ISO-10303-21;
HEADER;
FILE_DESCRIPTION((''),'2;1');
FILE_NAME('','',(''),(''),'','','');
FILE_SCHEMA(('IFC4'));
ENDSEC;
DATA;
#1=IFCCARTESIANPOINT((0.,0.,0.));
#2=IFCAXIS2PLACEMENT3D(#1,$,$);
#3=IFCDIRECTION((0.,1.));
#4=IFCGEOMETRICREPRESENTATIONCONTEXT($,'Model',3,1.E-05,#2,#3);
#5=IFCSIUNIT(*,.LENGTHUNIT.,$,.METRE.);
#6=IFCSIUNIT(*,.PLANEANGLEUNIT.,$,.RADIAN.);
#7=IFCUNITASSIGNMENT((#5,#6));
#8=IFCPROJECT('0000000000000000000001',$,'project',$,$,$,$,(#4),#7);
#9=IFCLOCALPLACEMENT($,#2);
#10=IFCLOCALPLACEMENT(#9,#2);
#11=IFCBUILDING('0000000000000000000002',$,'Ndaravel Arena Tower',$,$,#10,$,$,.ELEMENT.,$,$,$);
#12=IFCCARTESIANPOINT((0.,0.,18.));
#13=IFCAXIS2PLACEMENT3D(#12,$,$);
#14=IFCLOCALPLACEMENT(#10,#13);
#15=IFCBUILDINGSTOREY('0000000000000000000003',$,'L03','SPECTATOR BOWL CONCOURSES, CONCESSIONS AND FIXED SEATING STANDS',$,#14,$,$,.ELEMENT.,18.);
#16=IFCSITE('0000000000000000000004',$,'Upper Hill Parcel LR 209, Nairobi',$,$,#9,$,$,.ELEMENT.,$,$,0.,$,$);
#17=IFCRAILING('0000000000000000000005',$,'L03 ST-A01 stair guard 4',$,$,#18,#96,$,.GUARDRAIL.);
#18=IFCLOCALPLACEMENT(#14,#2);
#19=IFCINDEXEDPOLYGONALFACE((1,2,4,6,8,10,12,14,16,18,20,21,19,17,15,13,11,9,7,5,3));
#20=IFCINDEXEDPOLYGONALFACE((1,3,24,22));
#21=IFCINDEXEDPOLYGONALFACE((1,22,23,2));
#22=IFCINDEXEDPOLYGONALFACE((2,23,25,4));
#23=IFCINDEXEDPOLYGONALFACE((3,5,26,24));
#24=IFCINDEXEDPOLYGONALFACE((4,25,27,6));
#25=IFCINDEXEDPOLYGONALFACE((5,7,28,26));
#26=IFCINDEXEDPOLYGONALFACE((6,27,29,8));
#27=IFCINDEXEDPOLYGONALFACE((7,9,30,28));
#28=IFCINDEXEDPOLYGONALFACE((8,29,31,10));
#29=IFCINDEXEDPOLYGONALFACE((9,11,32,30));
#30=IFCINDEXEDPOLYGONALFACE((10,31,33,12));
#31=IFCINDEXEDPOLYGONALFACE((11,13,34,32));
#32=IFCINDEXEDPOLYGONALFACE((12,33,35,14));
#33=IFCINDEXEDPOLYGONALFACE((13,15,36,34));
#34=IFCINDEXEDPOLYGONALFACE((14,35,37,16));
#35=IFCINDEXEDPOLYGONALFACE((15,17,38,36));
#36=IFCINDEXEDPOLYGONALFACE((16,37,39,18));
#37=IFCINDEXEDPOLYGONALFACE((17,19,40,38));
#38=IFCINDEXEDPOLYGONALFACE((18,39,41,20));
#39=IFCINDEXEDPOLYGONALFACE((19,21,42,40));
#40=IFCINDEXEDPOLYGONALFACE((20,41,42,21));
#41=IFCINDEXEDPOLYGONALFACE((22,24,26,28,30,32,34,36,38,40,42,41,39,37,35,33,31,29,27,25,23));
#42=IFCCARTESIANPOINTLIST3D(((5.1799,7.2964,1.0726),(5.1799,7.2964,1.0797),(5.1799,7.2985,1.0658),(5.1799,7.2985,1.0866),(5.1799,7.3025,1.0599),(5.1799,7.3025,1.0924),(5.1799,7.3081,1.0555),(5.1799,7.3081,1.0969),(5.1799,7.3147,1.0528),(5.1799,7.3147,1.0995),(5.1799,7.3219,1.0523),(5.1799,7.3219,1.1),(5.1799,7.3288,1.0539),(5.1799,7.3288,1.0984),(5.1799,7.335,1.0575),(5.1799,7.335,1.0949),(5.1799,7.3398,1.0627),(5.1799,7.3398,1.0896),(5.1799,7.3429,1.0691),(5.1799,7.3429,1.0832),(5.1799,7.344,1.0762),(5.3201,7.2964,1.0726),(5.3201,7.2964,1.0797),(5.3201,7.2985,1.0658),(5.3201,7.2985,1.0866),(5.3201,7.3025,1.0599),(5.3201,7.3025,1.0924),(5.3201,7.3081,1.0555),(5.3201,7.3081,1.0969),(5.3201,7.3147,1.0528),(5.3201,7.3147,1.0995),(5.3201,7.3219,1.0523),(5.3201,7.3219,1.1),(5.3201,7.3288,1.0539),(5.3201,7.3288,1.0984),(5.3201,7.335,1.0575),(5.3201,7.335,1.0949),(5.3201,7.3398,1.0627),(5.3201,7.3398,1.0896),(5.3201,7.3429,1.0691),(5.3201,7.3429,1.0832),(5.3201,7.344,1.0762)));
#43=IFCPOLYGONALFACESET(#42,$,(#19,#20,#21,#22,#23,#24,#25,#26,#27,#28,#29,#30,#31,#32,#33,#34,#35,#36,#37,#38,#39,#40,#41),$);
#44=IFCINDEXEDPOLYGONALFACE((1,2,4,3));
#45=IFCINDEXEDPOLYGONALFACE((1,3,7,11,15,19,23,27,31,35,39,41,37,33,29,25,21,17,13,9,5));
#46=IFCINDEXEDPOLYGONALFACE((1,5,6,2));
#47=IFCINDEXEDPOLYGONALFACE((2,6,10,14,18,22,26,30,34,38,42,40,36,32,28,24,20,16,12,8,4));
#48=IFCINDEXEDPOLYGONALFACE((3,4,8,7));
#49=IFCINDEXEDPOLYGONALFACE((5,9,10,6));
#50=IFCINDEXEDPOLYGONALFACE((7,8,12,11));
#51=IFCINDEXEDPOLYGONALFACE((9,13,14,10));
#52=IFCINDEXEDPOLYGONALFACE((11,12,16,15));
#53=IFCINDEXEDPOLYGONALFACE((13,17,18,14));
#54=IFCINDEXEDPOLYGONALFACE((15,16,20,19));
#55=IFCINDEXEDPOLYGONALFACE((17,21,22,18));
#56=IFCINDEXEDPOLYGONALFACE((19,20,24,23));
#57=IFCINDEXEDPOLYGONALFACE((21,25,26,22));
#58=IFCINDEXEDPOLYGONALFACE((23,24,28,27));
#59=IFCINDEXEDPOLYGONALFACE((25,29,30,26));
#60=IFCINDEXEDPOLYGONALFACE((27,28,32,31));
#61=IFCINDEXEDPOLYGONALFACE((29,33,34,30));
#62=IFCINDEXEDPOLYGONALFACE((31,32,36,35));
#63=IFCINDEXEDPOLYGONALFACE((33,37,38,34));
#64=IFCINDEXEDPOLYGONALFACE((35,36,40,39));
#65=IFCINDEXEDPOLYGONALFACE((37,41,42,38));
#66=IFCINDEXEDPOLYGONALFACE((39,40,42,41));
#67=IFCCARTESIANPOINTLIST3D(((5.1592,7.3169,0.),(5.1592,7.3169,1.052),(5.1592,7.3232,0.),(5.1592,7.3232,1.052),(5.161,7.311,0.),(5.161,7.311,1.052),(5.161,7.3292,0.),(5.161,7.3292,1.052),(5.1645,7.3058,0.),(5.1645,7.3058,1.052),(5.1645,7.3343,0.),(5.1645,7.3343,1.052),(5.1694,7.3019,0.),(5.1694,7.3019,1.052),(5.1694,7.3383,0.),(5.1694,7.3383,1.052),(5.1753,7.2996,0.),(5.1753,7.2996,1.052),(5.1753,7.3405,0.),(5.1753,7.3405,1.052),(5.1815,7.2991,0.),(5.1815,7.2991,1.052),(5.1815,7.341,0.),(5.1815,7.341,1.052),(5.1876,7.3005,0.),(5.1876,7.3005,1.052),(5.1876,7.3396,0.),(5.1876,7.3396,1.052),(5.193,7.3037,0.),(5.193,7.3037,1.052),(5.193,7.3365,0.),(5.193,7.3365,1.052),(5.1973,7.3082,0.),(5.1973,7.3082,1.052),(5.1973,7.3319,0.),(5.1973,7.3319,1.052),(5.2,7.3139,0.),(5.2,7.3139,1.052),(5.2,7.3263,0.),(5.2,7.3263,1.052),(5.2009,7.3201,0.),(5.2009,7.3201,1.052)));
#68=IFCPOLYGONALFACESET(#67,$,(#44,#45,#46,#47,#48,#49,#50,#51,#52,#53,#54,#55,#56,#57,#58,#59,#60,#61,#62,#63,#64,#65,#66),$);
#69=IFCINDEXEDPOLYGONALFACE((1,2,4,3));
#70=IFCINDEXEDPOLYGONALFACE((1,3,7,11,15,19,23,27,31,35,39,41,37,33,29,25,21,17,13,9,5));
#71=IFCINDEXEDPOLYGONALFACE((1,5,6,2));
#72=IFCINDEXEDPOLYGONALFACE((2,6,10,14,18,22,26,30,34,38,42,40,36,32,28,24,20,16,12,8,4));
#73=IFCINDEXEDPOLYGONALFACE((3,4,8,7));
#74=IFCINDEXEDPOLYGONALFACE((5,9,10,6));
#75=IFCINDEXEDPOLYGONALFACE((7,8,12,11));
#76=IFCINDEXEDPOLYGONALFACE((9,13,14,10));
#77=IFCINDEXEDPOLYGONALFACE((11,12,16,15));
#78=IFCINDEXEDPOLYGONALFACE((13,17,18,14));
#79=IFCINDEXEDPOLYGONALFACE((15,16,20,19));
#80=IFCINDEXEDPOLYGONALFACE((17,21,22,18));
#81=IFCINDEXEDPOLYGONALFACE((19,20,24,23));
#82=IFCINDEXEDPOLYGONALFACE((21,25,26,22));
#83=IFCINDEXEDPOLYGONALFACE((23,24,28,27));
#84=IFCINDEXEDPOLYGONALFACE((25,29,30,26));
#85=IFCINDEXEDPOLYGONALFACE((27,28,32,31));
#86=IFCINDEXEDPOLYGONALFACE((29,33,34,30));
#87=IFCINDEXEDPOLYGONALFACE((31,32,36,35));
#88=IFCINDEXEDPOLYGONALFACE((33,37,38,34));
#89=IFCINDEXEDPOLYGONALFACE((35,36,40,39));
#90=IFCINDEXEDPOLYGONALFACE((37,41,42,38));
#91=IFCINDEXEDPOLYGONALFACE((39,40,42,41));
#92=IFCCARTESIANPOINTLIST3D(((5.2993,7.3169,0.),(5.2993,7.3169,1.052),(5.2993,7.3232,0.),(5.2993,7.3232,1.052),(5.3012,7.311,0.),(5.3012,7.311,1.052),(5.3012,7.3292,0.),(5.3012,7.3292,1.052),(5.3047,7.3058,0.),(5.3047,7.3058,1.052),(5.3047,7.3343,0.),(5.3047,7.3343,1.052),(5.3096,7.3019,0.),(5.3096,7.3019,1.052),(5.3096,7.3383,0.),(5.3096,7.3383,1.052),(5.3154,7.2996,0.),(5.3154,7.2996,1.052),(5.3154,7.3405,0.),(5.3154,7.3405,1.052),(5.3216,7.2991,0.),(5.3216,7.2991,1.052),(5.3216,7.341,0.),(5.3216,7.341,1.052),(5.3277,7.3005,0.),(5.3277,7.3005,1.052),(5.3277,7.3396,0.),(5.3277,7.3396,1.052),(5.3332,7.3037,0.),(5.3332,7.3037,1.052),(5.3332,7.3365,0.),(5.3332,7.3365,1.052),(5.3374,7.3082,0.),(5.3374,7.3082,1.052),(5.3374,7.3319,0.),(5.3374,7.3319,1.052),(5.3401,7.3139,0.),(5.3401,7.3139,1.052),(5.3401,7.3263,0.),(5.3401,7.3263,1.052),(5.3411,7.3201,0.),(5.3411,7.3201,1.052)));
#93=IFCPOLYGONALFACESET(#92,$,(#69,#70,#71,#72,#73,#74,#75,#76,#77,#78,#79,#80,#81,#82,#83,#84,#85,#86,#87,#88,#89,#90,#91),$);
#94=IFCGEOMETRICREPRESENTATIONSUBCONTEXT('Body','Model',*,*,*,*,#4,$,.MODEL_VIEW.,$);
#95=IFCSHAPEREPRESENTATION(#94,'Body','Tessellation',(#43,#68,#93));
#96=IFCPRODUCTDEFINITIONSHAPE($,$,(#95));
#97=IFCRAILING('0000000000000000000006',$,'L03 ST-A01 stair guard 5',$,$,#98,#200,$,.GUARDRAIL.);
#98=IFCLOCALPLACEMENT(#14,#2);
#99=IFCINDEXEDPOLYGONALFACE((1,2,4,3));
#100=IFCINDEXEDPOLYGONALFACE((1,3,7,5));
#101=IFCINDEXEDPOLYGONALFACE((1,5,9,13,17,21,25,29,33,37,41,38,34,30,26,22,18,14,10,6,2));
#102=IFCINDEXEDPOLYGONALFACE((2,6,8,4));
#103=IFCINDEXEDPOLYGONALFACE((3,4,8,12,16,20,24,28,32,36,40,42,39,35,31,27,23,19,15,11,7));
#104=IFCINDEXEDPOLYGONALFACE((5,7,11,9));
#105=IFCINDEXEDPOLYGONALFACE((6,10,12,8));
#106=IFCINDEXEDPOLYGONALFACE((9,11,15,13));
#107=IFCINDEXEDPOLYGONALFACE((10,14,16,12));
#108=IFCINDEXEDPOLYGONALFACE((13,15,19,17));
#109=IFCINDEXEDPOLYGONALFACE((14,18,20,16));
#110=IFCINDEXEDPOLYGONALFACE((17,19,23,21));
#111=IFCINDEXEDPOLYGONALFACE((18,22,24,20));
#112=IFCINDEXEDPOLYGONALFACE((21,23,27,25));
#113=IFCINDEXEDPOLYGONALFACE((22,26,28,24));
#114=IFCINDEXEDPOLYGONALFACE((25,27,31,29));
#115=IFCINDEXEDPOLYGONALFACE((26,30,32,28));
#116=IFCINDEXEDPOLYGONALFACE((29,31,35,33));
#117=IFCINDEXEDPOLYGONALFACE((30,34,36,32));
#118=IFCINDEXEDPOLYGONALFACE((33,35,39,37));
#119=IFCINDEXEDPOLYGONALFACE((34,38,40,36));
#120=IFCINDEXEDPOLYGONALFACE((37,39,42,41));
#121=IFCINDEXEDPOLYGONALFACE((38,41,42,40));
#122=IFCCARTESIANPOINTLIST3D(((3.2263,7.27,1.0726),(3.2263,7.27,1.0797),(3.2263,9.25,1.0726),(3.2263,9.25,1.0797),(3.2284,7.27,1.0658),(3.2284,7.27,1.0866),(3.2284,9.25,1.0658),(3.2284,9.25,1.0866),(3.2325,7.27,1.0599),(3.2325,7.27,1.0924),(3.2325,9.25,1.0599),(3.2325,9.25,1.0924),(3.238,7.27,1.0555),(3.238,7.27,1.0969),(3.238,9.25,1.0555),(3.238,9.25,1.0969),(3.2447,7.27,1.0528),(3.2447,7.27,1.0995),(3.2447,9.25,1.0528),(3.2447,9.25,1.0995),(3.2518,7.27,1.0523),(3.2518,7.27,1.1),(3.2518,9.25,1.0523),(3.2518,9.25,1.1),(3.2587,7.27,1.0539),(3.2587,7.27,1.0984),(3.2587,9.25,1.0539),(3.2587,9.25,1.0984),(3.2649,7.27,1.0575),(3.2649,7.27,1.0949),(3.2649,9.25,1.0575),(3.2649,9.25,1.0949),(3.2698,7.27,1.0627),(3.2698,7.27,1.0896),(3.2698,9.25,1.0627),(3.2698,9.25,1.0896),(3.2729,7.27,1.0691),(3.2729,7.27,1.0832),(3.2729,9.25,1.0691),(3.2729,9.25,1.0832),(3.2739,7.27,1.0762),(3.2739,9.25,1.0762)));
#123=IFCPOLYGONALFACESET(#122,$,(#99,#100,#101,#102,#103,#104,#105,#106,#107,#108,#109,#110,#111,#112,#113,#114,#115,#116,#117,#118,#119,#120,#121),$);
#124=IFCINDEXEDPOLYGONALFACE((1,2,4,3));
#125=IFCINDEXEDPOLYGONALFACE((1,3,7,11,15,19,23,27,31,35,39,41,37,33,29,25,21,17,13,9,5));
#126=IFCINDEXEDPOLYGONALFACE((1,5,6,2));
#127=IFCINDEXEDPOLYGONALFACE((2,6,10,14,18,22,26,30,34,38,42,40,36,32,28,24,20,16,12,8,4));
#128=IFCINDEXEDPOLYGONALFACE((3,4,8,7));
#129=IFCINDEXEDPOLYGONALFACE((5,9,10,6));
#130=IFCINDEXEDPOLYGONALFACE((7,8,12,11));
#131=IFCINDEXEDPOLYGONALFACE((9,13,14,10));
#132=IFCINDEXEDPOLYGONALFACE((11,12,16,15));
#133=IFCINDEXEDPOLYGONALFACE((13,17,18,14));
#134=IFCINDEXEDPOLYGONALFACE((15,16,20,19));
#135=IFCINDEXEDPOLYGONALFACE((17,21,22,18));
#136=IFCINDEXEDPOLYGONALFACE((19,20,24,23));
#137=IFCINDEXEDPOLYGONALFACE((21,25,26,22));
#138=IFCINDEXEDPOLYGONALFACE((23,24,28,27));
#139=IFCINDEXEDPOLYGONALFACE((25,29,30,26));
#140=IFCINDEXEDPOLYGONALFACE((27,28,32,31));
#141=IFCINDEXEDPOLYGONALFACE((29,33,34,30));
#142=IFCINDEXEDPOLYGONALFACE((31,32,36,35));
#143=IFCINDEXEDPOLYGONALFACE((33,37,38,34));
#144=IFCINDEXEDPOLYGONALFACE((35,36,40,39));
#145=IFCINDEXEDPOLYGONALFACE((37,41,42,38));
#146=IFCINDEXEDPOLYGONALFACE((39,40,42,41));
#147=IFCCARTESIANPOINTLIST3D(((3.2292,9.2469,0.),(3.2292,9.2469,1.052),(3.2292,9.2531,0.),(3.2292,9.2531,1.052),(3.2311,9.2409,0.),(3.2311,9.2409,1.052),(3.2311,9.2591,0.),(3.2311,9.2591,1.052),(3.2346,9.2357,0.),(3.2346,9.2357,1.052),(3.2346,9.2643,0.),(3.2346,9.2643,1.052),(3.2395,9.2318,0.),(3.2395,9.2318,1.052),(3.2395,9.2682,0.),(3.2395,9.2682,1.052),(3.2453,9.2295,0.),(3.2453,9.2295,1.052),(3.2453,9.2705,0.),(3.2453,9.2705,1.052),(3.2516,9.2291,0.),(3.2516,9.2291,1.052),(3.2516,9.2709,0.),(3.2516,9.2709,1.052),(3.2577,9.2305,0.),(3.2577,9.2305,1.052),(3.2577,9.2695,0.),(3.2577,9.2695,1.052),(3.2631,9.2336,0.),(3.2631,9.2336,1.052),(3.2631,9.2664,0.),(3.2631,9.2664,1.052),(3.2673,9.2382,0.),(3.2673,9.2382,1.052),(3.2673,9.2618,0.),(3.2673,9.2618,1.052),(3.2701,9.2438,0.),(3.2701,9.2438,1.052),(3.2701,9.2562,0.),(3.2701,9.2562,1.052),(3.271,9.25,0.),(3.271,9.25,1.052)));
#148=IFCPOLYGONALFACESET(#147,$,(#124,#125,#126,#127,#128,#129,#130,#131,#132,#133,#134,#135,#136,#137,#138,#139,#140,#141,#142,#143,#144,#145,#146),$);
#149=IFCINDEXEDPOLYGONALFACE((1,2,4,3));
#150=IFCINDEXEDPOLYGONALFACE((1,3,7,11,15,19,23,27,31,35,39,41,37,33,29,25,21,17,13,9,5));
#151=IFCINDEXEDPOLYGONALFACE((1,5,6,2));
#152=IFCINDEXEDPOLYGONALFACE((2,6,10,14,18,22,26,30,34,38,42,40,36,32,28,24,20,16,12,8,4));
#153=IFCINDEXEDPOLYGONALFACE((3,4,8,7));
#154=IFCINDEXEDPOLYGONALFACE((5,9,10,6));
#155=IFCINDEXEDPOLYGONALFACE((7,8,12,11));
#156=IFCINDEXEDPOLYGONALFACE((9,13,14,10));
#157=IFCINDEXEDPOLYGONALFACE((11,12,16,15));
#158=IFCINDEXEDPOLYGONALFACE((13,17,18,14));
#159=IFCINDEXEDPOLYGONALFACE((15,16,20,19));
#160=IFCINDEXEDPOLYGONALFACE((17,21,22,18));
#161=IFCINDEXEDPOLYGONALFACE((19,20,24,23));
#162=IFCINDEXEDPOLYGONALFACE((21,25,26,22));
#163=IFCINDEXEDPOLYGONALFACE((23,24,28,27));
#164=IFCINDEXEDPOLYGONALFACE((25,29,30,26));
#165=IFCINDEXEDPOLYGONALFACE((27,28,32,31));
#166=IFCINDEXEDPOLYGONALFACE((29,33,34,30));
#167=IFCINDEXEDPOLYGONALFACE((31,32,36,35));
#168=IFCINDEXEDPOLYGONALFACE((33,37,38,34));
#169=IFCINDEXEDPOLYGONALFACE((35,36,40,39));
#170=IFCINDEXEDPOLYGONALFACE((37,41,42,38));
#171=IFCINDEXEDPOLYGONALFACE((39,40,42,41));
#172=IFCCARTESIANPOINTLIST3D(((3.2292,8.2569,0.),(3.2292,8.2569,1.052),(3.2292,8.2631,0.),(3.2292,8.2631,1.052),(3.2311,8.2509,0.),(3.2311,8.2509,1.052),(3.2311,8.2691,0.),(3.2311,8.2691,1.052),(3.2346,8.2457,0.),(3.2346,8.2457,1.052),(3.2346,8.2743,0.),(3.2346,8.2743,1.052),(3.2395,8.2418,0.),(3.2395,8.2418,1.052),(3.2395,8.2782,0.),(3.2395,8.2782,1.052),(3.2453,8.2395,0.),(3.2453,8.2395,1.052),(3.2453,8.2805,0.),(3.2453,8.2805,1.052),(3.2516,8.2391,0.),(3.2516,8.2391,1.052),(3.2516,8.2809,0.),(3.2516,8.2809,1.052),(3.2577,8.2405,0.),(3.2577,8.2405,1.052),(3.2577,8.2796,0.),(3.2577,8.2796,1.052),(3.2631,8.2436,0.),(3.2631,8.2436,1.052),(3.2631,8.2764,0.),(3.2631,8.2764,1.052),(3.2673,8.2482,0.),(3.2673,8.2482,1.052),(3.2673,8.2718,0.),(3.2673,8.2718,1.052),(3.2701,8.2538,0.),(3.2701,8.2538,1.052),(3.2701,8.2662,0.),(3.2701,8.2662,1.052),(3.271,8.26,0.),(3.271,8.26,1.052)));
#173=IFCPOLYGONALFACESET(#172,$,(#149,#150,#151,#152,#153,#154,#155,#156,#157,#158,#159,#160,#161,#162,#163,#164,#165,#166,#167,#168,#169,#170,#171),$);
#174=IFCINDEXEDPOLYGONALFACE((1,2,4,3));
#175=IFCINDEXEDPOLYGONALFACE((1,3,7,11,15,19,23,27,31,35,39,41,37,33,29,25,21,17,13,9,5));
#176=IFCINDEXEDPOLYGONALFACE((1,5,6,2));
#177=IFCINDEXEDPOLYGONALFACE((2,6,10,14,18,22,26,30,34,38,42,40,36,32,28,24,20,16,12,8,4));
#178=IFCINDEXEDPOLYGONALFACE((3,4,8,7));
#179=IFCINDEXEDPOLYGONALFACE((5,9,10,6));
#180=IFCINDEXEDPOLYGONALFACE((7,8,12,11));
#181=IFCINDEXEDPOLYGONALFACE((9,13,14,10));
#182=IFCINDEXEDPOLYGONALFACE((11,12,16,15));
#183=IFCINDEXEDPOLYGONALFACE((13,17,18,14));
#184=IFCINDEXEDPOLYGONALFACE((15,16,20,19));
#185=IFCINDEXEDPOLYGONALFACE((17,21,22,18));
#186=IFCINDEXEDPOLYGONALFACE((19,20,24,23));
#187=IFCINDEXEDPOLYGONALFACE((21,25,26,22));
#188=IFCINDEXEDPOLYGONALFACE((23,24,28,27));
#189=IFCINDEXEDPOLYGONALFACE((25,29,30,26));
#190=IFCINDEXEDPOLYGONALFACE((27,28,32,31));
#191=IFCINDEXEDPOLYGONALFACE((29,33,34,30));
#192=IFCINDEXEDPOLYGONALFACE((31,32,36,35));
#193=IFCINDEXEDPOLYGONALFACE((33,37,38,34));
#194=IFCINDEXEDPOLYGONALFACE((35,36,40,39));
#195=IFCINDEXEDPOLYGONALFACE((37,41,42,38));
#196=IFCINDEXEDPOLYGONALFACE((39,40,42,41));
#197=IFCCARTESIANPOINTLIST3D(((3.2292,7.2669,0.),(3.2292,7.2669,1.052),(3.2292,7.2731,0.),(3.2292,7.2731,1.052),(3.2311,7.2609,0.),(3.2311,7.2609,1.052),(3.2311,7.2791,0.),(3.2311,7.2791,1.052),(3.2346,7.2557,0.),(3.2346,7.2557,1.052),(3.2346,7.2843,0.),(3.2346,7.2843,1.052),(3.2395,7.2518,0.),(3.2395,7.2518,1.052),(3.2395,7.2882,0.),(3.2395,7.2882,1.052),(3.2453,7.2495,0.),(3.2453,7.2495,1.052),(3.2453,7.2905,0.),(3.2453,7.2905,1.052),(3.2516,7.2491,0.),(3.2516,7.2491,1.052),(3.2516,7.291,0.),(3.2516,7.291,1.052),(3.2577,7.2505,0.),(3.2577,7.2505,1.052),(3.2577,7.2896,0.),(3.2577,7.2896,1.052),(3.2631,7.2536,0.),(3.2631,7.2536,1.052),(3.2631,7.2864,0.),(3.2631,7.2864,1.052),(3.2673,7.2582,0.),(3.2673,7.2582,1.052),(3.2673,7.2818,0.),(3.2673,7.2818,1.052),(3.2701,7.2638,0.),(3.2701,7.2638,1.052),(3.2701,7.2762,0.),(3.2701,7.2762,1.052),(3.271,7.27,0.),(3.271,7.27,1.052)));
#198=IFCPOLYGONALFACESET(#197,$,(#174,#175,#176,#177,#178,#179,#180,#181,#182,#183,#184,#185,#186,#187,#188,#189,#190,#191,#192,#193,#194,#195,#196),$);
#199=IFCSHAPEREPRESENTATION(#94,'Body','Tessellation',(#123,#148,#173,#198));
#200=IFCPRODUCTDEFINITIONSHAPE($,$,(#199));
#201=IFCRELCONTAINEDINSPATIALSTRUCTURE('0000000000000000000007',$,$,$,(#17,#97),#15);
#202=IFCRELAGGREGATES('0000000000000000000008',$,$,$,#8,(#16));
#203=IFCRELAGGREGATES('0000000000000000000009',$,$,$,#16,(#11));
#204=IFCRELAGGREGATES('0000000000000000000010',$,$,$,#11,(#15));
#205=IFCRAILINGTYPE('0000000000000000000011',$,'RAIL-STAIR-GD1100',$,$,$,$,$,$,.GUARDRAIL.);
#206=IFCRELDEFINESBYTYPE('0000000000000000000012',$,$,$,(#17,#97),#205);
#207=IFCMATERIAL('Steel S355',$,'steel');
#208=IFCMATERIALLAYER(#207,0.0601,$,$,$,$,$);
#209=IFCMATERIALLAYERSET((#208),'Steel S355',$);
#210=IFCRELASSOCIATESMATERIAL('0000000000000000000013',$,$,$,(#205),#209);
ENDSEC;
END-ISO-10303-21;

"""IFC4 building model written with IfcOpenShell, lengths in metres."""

from ifc_helpers import new_model, si_unit, direction, frame, origin, origin_2d, place, context, subcontext, project, spatial, circle, extrude, material, layer, layer_set, type_object, element, save


model = new_model("IFC4")

# Units and contexts
model_context = context("Model", 3, precision=1e-05, world=origin(), true_north=direction((0.0, 1.0)))
body_context = subcontext(model_context, "Body", "Model", "MODEL_VIEW")
ifc_project = project(units=[si_unit("LENGTHUNIT", "METRE"), si_unit("PLANEANGLEUNIT", "RADIAN")], contexts=[model_context])

# Site, building, storey
site_placement = place(None, origin())
site = spatial("IfcSite", under=ifc_project, at=site_placement, Name="Upper Hill Parcel LR 209, Nairobi", CompositionType="ELEMENT", RefElevation=0.0)
building_placement = place(site_placement, origin())
building = spatial("IfcBuilding", under=site, at=building_placement, Name="Ndaravel Arena Tower", CompositionType="ELEMENT")
storey_placement = place(building_placement, frame((0.0, 0.0, 18.0)))
storey = spatial("IfcBuildingStorey", under=building, at=storey_placement, Name="L03", Description="SPECTATOR BOWL CONCOURSES, CONCESSIONS AND FIXED SEATING STANDS", CompositionType="ELEMENT", Elevation=18.0)

# Railings
ifc_material_1 = material(Name="Steel S355", Category="steel")
ifc_layer_1 = layer(ifc_material_1, 0.0601)
ifc_layer_set_1 = layer_set([ifc_layer_1], Name="Steel S355")
railing_type_1 = type_object("IfcRailingType", Name="RAIL-STAIR-GD1100", PredefinedType="GUARDRAIL", material=ifc_layer_set_1)
railing_1_placement = place(storey_placement, frame((5.1799, 7.3201, 0.0)))
element("IfcRailing", 1, at=railing_1_placement, inside=storey, type_object=railing_type_1, Name="L03 ST-A01 stair guard 4", PredefinedType="GUARDRAIL", context=body_context, shape_type="SweptSolid", body=[
    extrude(circle(Radius=0.0239, at=origin_2d()), frame((0.0, 0.0, 1.0762), z_axis=(1.0, 0.0, 0.0), x_axis=(0.0, 1.0, 0.0)), (0.0, 0.0, 1.0), 0.1401),
    extrude(circle(Radius=0.021, at=origin_2d()), origin(), (0.0, 0.0, 1.0), 1.052),
    extrude(circle(Radius=0.021, at=origin_2d()), frame((0.1401, 0.0, 0.0)), (0.0, 0.0, 1.0), 1.052),
])
for number, where, name in (
    (2, (3.25, 9.25, 0.0), "L03 ST-A01 stair guard 5"),
):
    element("IfcRailing", number, at=place(storey_placement, frame(where)), inside=storey, type_object=railing_type_1, Name=name, PredefinedType="GUARDRAIL", context=body_context, shape_type="SweptSolid", body=[
        extrude(circle(Radius=0.0239, at=origin_2d()), frame((0.0, 0.0, 1.0762), z_axis=(0.0, -1.0, 0.0), x_axis=(1.0, 0.0, 0.0)), (0.0, 0.0, 1.0), 1.98),
        extrude(circle(Radius=0.021, at=origin_2d()), origin(), (0.0, 0.0, 1.0), 1.052),
        extrude(circle(Radius=0.021, at=origin_2d()), frame((0.0, -0.99, 0.0)), (0.0, 0.0, 1.0), 1.052),
        extrude(circle(Radius=0.021, at=origin_2d()), frame((0.0, -1.98, 0.0)), (0.0, 0.0, 1.0), 1.052),
    ])

save(model, "model.ifc")
